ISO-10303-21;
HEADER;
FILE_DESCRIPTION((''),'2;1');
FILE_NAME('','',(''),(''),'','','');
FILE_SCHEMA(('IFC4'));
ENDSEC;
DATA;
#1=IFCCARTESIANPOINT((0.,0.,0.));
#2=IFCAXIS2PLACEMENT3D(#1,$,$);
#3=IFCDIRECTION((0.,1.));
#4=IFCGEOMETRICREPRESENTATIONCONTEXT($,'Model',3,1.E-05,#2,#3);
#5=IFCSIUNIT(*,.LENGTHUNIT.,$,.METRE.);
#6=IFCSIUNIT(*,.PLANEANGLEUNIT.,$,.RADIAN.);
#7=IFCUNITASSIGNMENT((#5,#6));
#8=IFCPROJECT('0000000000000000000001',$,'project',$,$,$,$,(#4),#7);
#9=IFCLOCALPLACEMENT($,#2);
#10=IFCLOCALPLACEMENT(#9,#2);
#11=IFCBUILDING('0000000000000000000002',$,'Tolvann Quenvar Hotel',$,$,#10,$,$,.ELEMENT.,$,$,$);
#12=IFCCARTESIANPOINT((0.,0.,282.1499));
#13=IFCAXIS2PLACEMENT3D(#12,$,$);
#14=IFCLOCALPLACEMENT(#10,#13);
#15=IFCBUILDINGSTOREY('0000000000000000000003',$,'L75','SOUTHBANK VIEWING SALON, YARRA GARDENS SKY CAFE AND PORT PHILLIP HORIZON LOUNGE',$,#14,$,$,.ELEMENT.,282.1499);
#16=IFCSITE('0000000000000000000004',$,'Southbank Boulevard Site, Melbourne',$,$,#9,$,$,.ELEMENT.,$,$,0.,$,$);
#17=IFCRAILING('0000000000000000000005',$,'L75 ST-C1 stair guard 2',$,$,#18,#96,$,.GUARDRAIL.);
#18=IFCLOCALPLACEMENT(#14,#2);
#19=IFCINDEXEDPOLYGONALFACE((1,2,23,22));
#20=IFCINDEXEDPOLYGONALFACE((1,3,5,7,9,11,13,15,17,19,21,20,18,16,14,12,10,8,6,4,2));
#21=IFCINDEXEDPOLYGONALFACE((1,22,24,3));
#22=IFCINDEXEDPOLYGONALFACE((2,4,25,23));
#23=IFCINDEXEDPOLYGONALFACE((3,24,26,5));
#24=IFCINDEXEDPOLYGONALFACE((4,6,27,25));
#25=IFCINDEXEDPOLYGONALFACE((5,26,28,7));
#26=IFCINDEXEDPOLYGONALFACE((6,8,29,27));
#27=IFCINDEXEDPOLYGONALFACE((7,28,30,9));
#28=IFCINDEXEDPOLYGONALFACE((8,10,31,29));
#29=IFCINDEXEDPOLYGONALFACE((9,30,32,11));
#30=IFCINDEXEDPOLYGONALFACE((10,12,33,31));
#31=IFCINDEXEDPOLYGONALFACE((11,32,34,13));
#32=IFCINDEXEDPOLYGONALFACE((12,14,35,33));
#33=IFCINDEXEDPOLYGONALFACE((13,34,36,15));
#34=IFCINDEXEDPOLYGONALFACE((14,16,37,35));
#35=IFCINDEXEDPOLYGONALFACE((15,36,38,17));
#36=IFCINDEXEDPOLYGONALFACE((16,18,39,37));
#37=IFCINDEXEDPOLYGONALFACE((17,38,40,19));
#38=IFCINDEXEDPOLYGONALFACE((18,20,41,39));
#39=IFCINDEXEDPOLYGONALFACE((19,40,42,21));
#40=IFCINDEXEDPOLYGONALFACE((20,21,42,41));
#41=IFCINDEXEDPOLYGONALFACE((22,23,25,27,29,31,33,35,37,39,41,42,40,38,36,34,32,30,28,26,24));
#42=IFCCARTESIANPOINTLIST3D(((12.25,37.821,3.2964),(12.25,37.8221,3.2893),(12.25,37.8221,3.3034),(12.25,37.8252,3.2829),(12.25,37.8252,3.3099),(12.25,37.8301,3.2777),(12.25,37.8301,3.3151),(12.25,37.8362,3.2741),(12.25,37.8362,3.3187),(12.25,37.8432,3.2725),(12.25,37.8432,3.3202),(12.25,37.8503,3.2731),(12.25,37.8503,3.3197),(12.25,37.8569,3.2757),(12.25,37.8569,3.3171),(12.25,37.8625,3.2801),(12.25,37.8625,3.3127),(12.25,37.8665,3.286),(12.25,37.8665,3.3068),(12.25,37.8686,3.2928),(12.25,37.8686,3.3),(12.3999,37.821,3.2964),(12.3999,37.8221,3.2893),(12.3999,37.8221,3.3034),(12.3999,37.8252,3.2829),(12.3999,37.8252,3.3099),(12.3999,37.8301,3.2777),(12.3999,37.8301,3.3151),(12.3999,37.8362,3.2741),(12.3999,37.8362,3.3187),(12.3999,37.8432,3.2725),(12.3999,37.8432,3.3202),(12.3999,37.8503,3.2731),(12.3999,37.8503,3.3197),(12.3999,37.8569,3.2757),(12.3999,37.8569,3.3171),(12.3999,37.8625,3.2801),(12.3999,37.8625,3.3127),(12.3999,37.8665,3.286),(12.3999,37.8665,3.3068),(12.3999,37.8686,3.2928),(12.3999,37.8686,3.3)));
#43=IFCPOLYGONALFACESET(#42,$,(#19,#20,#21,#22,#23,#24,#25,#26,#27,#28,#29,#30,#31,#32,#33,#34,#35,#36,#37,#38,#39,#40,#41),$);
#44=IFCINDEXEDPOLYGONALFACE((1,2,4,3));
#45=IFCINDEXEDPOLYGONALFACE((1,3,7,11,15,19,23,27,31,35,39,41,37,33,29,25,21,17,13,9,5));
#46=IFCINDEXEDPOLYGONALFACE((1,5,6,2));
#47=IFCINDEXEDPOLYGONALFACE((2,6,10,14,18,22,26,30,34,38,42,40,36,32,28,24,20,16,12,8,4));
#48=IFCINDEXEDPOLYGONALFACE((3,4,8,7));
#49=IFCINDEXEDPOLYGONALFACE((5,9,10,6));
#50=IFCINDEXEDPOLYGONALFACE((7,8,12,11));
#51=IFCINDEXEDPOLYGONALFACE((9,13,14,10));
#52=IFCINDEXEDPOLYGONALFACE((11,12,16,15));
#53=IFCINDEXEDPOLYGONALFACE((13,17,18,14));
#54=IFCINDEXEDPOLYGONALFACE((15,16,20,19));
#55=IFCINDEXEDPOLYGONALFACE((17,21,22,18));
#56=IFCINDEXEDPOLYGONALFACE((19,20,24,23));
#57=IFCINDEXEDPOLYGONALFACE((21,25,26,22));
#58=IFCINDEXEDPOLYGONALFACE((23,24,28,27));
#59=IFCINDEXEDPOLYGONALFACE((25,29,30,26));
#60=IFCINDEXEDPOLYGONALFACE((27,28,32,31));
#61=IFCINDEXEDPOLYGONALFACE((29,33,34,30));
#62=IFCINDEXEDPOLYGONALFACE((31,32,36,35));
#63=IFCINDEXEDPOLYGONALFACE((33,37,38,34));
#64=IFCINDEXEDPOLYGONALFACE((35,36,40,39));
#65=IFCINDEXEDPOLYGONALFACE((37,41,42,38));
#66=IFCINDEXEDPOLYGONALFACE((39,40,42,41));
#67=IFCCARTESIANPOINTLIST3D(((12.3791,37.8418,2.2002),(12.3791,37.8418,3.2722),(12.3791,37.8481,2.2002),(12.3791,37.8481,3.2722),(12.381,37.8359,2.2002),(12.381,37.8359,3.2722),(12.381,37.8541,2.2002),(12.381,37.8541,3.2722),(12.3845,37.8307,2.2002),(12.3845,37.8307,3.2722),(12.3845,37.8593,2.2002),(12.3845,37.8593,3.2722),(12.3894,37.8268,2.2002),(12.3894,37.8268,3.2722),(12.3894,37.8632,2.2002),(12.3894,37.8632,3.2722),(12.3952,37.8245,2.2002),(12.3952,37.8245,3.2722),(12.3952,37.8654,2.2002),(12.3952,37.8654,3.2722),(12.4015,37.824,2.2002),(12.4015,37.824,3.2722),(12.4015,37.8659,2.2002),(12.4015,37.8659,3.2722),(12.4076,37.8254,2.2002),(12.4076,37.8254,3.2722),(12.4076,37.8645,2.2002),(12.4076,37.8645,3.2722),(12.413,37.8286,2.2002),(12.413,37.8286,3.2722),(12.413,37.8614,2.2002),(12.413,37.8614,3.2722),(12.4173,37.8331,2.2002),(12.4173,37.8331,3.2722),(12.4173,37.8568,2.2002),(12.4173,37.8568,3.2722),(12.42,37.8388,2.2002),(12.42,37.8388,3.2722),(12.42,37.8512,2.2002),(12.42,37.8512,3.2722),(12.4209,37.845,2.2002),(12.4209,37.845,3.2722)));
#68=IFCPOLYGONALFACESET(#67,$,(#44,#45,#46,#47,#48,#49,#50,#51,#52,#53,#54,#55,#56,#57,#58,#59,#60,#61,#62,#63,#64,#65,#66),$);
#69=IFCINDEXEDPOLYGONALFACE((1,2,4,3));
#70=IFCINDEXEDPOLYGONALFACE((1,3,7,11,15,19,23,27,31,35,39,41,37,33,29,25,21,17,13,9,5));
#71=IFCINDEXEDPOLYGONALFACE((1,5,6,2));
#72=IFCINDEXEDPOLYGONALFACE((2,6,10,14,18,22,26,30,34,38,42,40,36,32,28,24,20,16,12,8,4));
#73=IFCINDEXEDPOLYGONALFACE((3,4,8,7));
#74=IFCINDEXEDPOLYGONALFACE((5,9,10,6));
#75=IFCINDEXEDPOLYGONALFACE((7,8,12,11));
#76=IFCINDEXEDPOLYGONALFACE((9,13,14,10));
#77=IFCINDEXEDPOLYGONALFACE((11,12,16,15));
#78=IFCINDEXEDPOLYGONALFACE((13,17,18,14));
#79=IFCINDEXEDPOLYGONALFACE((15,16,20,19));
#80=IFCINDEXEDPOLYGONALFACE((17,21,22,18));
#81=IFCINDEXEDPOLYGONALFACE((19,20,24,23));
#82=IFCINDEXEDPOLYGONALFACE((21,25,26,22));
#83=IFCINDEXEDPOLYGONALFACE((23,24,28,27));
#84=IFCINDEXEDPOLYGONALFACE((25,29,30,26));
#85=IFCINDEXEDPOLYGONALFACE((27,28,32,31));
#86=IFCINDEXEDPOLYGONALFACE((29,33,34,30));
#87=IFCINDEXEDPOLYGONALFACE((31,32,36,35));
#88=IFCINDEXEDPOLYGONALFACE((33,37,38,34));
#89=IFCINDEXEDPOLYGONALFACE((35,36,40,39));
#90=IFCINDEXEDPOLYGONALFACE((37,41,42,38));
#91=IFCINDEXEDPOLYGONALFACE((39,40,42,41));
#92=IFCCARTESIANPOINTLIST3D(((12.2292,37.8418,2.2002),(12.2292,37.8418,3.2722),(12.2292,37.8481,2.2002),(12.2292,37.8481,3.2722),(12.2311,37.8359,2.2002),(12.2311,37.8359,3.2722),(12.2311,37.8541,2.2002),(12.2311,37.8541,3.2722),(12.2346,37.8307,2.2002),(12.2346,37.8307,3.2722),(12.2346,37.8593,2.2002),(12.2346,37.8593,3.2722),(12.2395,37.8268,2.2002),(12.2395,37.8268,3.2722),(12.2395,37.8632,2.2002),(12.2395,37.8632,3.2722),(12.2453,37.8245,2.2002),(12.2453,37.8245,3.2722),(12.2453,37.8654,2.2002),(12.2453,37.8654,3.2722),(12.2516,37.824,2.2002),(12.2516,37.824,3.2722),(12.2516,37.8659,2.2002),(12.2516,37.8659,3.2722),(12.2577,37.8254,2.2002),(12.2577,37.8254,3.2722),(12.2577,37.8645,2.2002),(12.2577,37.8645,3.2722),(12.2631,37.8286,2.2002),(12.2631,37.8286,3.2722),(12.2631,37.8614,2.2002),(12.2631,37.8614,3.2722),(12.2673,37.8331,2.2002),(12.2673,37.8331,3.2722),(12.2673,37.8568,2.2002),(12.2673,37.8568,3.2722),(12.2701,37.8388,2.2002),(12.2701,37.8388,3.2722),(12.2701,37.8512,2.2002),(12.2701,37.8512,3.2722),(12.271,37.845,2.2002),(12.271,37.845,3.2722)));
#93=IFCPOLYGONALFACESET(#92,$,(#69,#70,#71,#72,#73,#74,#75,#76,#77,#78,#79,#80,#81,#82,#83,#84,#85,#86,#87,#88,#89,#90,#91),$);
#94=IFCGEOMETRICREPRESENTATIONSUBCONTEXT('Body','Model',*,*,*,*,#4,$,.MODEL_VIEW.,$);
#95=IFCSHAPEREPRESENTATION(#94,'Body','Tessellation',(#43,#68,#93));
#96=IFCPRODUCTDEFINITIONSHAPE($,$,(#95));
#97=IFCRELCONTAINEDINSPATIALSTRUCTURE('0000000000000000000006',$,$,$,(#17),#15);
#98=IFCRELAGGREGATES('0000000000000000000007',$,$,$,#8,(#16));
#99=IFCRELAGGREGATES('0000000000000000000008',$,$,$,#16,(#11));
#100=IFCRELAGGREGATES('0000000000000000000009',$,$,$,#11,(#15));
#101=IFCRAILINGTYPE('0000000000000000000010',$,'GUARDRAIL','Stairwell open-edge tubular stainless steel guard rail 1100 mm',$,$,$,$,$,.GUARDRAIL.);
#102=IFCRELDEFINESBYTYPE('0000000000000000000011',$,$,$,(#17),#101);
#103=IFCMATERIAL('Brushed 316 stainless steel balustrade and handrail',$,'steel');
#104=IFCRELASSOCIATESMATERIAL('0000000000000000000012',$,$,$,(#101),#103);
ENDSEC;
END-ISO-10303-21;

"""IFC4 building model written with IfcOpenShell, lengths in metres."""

from ifc_helpers import new_model, si_unit, direction, frame, origin, origin_2d, place, context, subcontext, project, spatial, circle, extrude, material, type_object, element, save


model = new_model("IFC4")

# Units and contexts
model_context = context("Model", 3, precision=1e-05, world=origin(), true_north=direction((0.0, 1.0)))
body_context = subcontext(model_context, "Body", "Model", "MODEL_VIEW")
ifc_project = project(units=[si_unit("LENGTHUNIT", "METRE"), si_unit("PLANEANGLEUNIT", "RADIAN")], contexts=[model_context])

# Site, building, storey
site_placement = place(None, origin())
site = spatial("IfcSite", under=ifc_project, at=site_placement, Name="Southbank Boulevard Site, Melbourne", CompositionType="ELEMENT", RefElevation=0.0)
building_placement = place(site_placement, origin())
building = spatial("IfcBuilding", under=site, at=building_placement, Name="Tolvann Quenvar Hotel", CompositionType="ELEMENT")
storey_placement = place(building_placement, frame((0.0, 0.0, 282.1499)))
storey = spatial("IfcBuildingStorey", under=building, at=storey_placement, Name="L75", Description="SOUTHBANK VIEWING SALON, YARRA GARDENS SKY CAFE AND PORT PHILLIP HORIZON LOUNGE", CompositionType="ELEMENT", Elevation=282.1499)

# Railing
ifc_material_1 = material(Name="Brushed 316 stainless steel balustrade and handrail", Category="steel")
railing_type = type_object("IfcRailingType", Name="GUARDRAIL", Description="Stairwell open-edge tubular stainless steel guard rail 1100 mm", PredefinedType="GUARDRAIL", material=ifc_material_1)
railing_1_placement = place(storey_placement, frame((12.3999, 37.845, 2.2002)))
element("IfcRailing", 1, at=railing_1_placement, inside=storey, type_object=railing_type, Name="L75 ST-C1 stair guard 2", PredefinedType="GUARDRAIL", context=body_context, shape_type="SweptSolid", body=[
    extrude(circle(Radius=0.0239, at=origin_2d()), frame((0.0, 0.0, 1.0962), z_axis=(-1.0, 0.0, 0.0), x_axis=(0.0, -1.0, 0.0)), (0.0, 0.0, 1.0), 0.1499),
    extrude(circle(Radius=0.021, at=origin_2d()), origin(), (0.0, 0.0, 1.0), 1.072),
    extrude(circle(Radius=0.021, at=origin_2d()), frame((-0.1499, 0.0, 0.0)), (0.0, 0.0, 1.0), 1.072),
])

save(model, "model.ifc")
